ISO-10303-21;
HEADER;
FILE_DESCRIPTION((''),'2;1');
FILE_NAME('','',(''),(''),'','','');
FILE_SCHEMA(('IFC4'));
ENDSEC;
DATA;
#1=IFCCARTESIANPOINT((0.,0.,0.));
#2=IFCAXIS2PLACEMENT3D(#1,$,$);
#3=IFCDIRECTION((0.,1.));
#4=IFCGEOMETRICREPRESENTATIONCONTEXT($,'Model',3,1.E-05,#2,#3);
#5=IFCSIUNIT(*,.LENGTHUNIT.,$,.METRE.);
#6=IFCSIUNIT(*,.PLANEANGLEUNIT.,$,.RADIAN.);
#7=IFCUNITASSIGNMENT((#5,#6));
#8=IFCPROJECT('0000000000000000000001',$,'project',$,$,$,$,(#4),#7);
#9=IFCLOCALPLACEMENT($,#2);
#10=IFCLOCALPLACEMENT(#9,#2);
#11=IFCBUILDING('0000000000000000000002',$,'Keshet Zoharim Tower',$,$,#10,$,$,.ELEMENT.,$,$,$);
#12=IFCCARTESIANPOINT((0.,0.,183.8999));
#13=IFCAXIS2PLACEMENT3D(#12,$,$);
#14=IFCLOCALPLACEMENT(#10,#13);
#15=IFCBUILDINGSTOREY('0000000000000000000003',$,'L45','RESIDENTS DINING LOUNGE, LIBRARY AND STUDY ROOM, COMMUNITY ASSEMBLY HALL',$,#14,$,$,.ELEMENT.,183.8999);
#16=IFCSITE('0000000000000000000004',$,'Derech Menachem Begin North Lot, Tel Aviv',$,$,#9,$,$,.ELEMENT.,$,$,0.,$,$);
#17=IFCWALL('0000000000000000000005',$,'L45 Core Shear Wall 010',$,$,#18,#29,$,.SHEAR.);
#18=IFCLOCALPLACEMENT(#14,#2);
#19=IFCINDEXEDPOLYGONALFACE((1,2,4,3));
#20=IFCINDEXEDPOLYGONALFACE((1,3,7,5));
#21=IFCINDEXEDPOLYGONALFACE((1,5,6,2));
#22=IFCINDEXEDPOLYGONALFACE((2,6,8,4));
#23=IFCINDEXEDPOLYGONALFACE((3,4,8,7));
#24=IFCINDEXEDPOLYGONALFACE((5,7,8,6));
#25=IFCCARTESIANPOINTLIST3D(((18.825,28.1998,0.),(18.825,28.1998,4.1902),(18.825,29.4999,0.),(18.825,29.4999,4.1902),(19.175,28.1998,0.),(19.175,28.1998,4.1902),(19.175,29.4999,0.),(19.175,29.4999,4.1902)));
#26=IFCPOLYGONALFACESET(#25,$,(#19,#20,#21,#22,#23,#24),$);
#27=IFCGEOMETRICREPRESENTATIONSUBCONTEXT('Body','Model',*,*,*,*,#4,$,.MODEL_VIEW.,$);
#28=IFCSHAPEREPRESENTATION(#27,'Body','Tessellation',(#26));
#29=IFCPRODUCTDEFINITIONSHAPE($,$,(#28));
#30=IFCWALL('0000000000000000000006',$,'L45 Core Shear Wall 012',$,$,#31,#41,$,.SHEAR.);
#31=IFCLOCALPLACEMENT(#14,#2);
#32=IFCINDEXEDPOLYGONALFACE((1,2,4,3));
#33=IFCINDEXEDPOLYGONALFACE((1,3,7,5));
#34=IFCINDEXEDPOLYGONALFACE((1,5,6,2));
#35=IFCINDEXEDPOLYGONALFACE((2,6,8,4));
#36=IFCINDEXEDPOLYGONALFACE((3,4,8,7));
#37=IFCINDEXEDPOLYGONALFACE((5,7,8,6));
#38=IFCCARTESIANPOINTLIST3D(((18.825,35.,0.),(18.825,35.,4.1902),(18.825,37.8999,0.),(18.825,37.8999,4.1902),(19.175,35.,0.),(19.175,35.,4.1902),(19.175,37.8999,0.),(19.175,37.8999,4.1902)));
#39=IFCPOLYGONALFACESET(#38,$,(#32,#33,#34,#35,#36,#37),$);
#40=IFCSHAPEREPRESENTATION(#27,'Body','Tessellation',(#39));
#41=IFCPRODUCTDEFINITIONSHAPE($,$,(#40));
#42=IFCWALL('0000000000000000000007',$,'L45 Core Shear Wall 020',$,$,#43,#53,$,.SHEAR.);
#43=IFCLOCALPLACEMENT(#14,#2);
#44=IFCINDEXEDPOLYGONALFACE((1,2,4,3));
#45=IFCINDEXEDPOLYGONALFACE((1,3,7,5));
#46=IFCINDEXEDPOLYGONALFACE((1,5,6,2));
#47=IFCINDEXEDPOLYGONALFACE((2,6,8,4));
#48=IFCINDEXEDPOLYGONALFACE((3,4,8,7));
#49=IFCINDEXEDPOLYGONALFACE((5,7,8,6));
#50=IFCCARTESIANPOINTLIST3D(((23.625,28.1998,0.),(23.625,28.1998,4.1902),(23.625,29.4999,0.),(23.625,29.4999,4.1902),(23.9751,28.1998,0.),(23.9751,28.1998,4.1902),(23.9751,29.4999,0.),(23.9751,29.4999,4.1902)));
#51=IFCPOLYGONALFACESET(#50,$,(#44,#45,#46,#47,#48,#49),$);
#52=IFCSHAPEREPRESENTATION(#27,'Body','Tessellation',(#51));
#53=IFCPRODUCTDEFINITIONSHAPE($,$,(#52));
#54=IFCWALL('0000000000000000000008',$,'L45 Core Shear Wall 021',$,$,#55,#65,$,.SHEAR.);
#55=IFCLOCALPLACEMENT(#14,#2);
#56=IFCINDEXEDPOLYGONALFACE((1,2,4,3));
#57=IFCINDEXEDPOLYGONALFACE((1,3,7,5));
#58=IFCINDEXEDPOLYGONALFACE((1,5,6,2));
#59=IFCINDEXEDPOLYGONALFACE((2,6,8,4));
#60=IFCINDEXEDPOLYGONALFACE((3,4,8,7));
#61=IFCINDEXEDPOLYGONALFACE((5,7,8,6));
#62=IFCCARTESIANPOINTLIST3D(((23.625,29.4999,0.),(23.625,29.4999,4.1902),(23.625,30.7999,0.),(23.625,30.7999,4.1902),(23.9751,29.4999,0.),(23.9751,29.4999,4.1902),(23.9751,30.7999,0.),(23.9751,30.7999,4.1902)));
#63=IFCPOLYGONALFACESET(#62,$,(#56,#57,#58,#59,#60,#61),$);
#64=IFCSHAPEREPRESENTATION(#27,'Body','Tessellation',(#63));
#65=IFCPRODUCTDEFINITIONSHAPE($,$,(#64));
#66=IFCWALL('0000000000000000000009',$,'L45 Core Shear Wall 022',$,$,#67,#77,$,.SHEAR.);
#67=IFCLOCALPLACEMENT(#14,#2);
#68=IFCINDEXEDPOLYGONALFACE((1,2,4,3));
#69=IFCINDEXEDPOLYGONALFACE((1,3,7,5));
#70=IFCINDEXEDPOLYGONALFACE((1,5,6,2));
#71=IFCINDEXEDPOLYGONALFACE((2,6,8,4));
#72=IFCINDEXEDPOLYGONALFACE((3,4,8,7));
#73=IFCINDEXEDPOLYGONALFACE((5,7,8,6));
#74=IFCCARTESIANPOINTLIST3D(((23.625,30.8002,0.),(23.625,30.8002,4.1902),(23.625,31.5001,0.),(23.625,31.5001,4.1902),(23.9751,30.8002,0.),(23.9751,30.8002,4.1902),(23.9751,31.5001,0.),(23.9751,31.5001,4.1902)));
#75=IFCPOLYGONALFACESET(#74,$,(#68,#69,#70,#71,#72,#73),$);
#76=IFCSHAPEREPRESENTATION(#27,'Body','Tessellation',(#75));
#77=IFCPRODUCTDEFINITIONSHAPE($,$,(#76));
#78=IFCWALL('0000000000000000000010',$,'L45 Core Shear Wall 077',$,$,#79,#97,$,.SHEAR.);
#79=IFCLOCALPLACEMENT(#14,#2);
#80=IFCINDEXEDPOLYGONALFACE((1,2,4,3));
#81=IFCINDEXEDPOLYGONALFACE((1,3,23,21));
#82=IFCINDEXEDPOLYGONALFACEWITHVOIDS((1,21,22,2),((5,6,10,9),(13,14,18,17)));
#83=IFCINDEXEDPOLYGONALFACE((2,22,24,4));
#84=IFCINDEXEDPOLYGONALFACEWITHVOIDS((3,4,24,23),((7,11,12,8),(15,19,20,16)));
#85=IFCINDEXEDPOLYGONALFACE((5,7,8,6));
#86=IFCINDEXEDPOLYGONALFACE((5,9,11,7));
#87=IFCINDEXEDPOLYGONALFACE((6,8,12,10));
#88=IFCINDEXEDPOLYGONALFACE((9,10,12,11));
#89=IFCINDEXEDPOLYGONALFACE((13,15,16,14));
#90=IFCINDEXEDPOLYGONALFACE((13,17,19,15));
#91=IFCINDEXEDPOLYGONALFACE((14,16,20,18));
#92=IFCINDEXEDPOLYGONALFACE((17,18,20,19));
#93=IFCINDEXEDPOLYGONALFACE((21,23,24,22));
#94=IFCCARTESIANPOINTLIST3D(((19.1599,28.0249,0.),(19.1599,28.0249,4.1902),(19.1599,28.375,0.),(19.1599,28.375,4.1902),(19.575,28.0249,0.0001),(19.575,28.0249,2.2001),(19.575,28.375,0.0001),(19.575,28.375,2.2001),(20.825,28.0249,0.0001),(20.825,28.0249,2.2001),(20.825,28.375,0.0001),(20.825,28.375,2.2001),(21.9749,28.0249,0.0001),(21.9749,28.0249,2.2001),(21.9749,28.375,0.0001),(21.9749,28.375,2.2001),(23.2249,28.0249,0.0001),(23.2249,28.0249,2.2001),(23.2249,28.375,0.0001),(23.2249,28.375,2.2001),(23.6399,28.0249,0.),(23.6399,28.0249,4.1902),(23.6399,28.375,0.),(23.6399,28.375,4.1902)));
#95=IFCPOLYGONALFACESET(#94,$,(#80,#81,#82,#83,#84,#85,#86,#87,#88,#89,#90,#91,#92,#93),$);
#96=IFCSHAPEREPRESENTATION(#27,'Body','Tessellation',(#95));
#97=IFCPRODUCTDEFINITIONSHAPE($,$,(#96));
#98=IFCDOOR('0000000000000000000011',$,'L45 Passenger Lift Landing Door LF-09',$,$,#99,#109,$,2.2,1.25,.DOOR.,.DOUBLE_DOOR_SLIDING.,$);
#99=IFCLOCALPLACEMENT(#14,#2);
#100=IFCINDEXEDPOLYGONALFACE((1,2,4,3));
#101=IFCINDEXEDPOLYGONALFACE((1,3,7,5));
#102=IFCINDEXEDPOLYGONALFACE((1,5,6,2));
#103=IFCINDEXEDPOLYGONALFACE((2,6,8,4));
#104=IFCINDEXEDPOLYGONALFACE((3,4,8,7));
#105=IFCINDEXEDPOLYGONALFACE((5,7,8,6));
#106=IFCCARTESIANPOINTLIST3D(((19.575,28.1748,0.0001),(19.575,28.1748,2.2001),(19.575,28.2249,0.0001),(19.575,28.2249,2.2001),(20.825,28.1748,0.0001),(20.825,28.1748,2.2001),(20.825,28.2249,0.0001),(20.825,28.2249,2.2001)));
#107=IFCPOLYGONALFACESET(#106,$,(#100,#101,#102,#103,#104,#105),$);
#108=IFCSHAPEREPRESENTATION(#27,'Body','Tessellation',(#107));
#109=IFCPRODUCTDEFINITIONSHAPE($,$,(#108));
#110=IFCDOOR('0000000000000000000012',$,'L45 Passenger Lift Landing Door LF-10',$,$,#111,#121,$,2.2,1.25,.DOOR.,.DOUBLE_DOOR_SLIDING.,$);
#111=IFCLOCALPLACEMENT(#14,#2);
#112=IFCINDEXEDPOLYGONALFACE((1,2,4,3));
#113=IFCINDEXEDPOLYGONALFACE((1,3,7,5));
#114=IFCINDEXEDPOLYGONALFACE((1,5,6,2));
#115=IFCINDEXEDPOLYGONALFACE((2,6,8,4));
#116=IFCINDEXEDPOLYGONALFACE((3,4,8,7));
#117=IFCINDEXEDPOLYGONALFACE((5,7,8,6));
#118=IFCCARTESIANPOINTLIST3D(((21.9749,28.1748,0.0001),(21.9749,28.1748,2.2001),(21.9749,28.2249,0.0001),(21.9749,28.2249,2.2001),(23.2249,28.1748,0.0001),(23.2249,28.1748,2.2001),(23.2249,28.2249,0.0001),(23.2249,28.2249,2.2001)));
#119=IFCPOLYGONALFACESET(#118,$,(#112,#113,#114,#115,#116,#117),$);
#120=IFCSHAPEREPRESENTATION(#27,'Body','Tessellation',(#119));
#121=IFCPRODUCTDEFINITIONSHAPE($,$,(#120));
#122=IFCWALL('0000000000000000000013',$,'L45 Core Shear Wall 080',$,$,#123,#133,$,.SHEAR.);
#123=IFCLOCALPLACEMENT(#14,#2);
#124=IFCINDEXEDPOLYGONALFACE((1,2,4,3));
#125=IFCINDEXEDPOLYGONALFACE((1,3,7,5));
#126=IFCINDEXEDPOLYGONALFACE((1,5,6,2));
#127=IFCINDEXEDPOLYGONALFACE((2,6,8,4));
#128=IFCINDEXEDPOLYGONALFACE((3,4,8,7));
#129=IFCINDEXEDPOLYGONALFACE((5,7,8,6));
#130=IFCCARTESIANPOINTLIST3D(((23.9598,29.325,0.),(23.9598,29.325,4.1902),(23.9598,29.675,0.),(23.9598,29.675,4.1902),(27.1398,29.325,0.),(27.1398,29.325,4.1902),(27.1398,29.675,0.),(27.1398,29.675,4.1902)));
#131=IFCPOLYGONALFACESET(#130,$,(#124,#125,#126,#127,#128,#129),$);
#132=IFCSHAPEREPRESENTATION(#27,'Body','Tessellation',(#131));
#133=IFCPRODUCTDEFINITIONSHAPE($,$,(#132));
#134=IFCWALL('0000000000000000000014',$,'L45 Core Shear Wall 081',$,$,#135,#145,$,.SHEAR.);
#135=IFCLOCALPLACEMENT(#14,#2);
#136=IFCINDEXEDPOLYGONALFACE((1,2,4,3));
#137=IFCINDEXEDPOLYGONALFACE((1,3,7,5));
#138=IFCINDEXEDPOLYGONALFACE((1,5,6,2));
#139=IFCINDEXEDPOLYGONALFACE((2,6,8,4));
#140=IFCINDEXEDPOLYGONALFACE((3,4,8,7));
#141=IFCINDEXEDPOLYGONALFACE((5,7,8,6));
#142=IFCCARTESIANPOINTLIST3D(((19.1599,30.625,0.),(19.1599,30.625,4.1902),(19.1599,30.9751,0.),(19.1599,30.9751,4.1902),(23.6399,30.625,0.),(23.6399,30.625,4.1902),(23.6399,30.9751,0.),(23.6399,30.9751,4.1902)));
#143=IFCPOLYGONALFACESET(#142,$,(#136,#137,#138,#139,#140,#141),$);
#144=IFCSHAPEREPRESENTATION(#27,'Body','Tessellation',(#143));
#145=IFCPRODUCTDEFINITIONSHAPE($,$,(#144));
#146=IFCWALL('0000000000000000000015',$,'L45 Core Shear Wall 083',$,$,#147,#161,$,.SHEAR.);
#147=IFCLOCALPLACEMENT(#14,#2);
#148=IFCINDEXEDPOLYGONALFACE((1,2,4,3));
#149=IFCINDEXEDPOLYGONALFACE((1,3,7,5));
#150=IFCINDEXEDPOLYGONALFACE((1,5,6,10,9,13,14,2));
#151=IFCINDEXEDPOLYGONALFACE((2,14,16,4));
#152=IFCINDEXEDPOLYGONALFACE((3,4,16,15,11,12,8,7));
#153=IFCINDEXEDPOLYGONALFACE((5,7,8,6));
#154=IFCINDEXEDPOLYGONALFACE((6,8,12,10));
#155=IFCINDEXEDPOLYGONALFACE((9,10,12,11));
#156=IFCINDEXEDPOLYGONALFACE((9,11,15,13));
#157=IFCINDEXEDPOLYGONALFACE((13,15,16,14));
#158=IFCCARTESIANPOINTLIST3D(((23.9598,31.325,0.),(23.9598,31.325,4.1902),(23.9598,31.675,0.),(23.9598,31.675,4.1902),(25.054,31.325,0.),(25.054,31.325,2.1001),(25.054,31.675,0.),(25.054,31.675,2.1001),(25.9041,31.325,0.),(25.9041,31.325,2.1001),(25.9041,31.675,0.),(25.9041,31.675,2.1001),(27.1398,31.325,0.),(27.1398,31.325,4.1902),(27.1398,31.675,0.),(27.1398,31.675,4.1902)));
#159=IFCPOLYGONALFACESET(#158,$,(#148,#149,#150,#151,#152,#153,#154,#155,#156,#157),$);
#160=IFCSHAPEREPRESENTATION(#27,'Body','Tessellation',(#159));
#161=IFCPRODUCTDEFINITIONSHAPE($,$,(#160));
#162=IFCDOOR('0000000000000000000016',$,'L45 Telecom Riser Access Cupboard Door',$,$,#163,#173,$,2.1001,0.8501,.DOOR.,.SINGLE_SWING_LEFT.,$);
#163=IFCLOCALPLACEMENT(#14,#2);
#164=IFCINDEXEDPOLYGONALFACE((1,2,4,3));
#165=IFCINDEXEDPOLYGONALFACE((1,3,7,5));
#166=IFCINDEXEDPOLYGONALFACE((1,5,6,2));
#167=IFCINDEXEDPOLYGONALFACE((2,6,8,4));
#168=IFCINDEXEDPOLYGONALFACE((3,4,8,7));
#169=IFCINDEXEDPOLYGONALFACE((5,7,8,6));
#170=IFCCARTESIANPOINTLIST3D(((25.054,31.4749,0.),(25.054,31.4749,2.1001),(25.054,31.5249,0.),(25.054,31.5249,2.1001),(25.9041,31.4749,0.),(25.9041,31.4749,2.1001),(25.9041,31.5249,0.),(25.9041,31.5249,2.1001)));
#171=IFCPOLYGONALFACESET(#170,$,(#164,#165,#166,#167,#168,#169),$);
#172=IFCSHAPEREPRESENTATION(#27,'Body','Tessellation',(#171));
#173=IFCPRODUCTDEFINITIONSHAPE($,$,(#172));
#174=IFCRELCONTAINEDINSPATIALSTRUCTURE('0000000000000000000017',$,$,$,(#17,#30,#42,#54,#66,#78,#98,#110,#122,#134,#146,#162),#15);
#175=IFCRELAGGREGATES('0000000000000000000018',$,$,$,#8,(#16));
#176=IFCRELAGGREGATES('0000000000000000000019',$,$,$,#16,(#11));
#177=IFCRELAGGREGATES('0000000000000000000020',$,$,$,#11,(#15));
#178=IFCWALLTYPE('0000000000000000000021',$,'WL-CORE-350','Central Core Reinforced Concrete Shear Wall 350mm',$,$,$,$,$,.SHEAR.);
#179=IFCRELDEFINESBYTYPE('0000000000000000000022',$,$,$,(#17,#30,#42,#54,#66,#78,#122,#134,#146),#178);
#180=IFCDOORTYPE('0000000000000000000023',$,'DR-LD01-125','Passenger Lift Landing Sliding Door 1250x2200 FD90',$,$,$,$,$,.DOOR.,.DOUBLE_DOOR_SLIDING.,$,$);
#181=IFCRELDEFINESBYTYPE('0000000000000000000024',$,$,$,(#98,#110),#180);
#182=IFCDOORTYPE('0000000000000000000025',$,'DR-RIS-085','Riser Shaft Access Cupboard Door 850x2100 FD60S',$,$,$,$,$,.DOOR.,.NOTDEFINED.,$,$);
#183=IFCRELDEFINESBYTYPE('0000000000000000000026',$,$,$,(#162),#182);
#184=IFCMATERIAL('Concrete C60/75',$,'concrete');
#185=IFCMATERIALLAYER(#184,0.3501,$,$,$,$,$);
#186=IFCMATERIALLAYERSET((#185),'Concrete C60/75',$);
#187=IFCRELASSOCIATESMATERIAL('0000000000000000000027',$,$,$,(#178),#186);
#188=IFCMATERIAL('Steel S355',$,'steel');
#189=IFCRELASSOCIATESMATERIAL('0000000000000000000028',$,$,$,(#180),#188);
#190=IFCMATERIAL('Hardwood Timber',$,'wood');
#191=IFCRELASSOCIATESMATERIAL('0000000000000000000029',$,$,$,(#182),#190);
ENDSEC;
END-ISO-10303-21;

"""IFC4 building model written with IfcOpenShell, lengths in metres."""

from ifc_helpers import new_model, si_unit, direction, frame, frame_2d, origin, place, context, subcontext, project, spatial, rectangle, extrude, material, layer, layer_set, type_object, element, fill, save


model = new_model("IFC4")

# Units and contexts
model_context = context("Model", 3, precision=1e-05, world=origin(), true_north=direction((0.0, 1.0)))
body_context = subcontext(model_context, "Body", "Model", "MODEL_VIEW")
ifc_project = project(units=[si_unit("LENGTHUNIT", "METRE"), si_unit("PLANEANGLEUNIT", "RADIAN")], contexts=[model_context])

# Site, building, storey
site_placement = place(None, origin())
site = spatial("IfcSite", under=ifc_project, at=site_placement, Name="Derech Menachem Begin North Lot, Tel Aviv", CompositionType="ELEMENT", RefElevation=0.0)
building_placement = place(site_placement, origin())
building = spatial("IfcBuilding", under=site, at=building_placement, Name="Keshet Zoharim Tower", CompositionType="ELEMENT")
storey_placement = place(building_placement, frame((0.0, 0.0, 183.8999)))
storey = spatial("IfcBuildingStorey", under=building, at=storey_placement, Name="L45", Description="RESIDENTS DINING LOUNGE, LIBRARY AND STUDY ROOM, COMMUNITY ASSEMBLY HALL", CompositionType="ELEMENT", Elevation=183.8999)

# Wall
ifc_material_1 = material(Name="Concrete C60/75", Category="concrete")
ifc_layer_1 = layer(ifc_material_1, 0.3501)
ifc_layer_set_1 = layer_set([ifc_layer_1], Name="Concrete C60/75")
wall_type_1 = type_object("IfcWallType", Name="WL-CORE-350", Description="Central Core Reinforced Concrete Shear Wall 350mm", PredefinedType="SHEAR", material=ifc_layer_set_1)
wall_1_placement = place(storey_placement, frame((19.0, 28.2, 0.0), z_axis=(0.0, 0.0, 1.0), x_axis=(0.0, 1.0, 0.0)))
element("IfcWall", 1, at=wall_1_placement, inside=storey, type_object=wall_type_1, Name="L45 Core Shear Wall 010", PredefinedType="SHEAR", context=body_context, shape_type="SweptSolid", body=[
    extrude(rectangle(XDim=1.3, YDim=0.3501, at=frame_2d((0.6499, 0.0))), origin(), (0.0, 0.0, 1.0), 4.1902),
])

# Shared definitions
ifc_material_2 = material(Name="Hardwood Timber", Category="wood")

# Walls
wall_2_placement = place(storey_placement, frame((19.0, 35.0, 0.0), z_axis=(0.0, 0.0, 1.0), x_axis=(0.0, 1.0, 0.0)))
element("IfcWall", 2, at=wall_2_placement, inside=storey, type_object=wall_type_1, Name="L45 Core Shear Wall 012", PredefinedType="SHEAR", context=body_context, shape_type="SweptSolid", body=[
    extrude(rectangle(XDim=2.8999, YDim=0.3501, at=frame_2d((1.45, 0.0))), origin(), (0.0, 0.0, 1.0), 4.1902),
])
for number, where, z_axis, x_axis, name in (
    (3, (23.8, 28.2, 0.0), (0.0, 0.0, 1.0), (0.0, 1.0, 0.0), "L45 Core Shear Wall 020"),
    (4, (23.8, 29.5, 0.0), (0.0, 0.0, 1.0), (0.0, 1.0, 0.0), "L45 Core Shear Wall 021"),
):
    element("IfcWall", number, at=place(storey_placement, frame(where, z_axis=z_axis, x_axis=x_axis)), inside=storey, type_object=wall_type_1, Name=name, PredefinedType="SHEAR", context=body_context, shape_type="SweptSolid", body=[
        extrude(rectangle(XDim=1.3, YDim=0.3501, at=frame_2d((0.6499, 0.0))), origin(), (0.0, 0.0, 1.0), 4.1902),
    ])
wall_3_placement = place(storey_placement, frame((23.8, 30.8, 0.0), z_axis=(0.0, 0.0, 1.0), x_axis=(0.0, 1.0, 0.0)))
element("IfcWall", 5, at=wall_3_placement, inside=storey, type_object=wall_type_1, Name="L45 Core Shear Wall 022", PredefinedType="SHEAR", context=body_context, shape_type="SweptSolid", body=[
    extrude(rectangle(XDim=0.7, YDim=0.3501, at=frame_2d((0.3501, 0.0))), origin(), (0.0, 0.0, 1.0), 4.1902),
])

# Wall, openings, doors
wall_4_placement = place(storey_placement, frame((19.1599, 28.2, 0.0), z_axis=(0.0, 0.0, 1.0), x_axis=(1.0, 0.0, 0.0)))
wall_4 = element("IfcWall", 6, at=wall_4_placement, inside=storey, type_object=wall_type_1, Name="L45 Core Shear Wall 077", PredefinedType="SHEAR", context=body_context, shape_type="SweptSolid", body=[
    extrude(rectangle(XDim=4.48, YDim=0.3501, at=frame_2d((2.24, 0.0))), origin(), (0.0, 0.0, 1.0), 4.1902),
])
opening_1_placement = place(wall_4_placement, frame((0.415, 0.0, 0.0)))
opening_1 = element("IfcOpeningElement", 7, at=opening_1_placement, cuts=wall_4, PredefinedType="OPENING", context=body_context, shape_type="SweptSolid", body=[
    extrude(rectangle(XDim=1.25, YDim=2.2, at=frame_2d((0.625, 1.1001))), frame((0.0, 0.1851, 0.0), z_axis=(0.0, -1.0, 0.0), x_axis=(1.0, 0.0, 0.0)), (0.0, 0.0, 1.0), 0.3701),
])
opening_2_placement = place(wall_4_placement, frame((2.8149, 0.0, 0.0)))
opening_2 = element("IfcOpeningElement", 8, at=opening_2_placement, cuts=wall_4, PredefinedType="OPENING", context=body_context, shape_type="SweptSolid", body=[
    extrude(rectangle(XDim=1.25, YDim=2.2, at=frame_2d((0.625, 1.1001))), frame((0.0, 0.1851, 0.0), z_axis=(0.0, -1.0, 0.0), x_axis=(1.0, 0.0, 0.0)), (0.0, 0.0, 1.0), 0.3701),
])
ifc_material_3 = material(Name="Steel S355", Category="steel")
door_type_1 = type_object("IfcDoorType", Name="DR-LD01-125", Description="Passenger Lift Landing Sliding Door 1250x2200 FD90", OperationType="DOUBLE_DOOR_SLIDING", PredefinedType="DOOR", material=ifc_material_3)
door_1_placement = place(opening_1_placement, origin())
door_1 = element("IfcDoor", 9, at=door_1_placement, inside=storey, type_object=door_type_1, Name="L45 Passenger Lift Landing Door LF-09", OperationType="DOUBLE_DOOR_SLIDING", OverallHeight=2.2, OverallWidth=1.25, PredefinedType="DOOR", context=body_context, shape_type="SweptSolid", body=[
    extrude(rectangle(XDim=1.25, YDim=2.2, at=frame_2d((0.625, 1.1001))), frame((0.0, 0.0249, 0.0), z_axis=(0.0, -1.0, 0.0), x_axis=(1.0, 0.0, 0.0)), (0.0, 0.0, 1.0), 0.05),
])
fill(opening_1, door_1)
door_2_placement = place(opening_2_placement, origin())
door_2 = element("IfcDoor", 10, at=door_2_placement, inside=storey, type_object=door_type_1, Name="L45 Passenger Lift Landing Door LF-10", OperationType="DOUBLE_DOOR_SLIDING", OverallHeight=2.2, OverallWidth=1.25, PredefinedType="DOOR", context=body_context, shape_type="SweptSolid", body=[
    extrude(rectangle(XDim=1.25, YDim=2.2, at=frame_2d((0.625, 1.1001))), frame((0.0, 0.0249, 0.0), z_axis=(0.0, -1.0, 0.0), x_axis=(1.0, 0.0, 0.0)), (0.0, 0.0, 1.0), 0.05),
])
fill(opening_2, door_2)

# Walls
wall_5_placement = place(storey_placement, frame((23.96, 29.5, 0.0), z_axis=(0.0, 0.0, 1.0), x_axis=(1.0, 0.0, 0.0)))
element("IfcWall", 11, at=wall_5_placement, inside=storey, type_object=wall_type_1, Name="L45 Core Shear Wall 080", PredefinedType="SHEAR", context=body_context, shape_type="SweptSolid", body=[
    extrude(rectangle(XDim=3.1799, YDim=0.3501, at=frame_2d((1.5898, 0.0))), origin(), (0.0, 0.0, 1.0), 4.1902),
])
wall_6_placement = place(storey_placement, frame((19.1599, 30.8, 0.0), z_axis=(0.0, 0.0, 1.0), x_axis=(1.0, 0.0, 0.0)))
element("IfcWall", 12, at=wall_6_placement, inside=storey, type_object=wall_type_1, Name="L45 Core Shear Wall 081", PredefinedType="SHEAR", context=body_context, shape_type="SweptSolid", body=[
    extrude(rectangle(XDim=4.48, YDim=0.3501, at=frame_2d((2.24, 0.0))), origin(), (0.0, 0.0, 1.0), 4.1902),
])

# Wall, opening, door
wall_7_placement = place(storey_placement, frame((23.96, 31.5, 0.0), z_axis=(0.0, 0.0, 1.0), x_axis=(1.0, 0.0, 0.0)))
wall_7 = element("IfcWall", 13, at=wall_7_placement, inside=storey, type_object=wall_type_1, Name="L45 Core Shear Wall 083", PredefinedType="SHEAR", context=body_context, shape_type="SweptSolid", body=[
    extrude(rectangle(XDim=3.1799, YDim=0.3501, at=frame_2d((1.5898, 0.0))), origin(), (0.0, 0.0, 1.0), 4.1902),
])
opening_3_placement = place(wall_7_placement, frame((1.094, 0.0, 0.0)))
opening_3 = element("IfcOpeningElement", 14, at=opening_3_placement, cuts=wall_7, PredefinedType="OPENING", context=body_context, shape_type="SweptSolid", body=[
    extrude(rectangle(XDim=0.8501, YDim=2.1001, at=frame_2d((0.425, 1.05))), frame((0.0, 0.1851, 0.0), z_axis=(0.0, -1.0, 0.0), x_axis=(1.0, 0.0, 0.0)), (0.0, 0.0, 1.0), 0.3701),
])
door_type_2 = type_object("IfcDoorType", Name="DR-RIS-085", Description="Riser Shaft Access Cupboard Door 850x2100 FD60S", OperationType="NOTDEFINED", PredefinedType="DOOR", material=ifc_material_2)
door_3_placement = place(opening_3_placement, origin())
door_3 = element("IfcDoor", 15, at=door_3_placement, inside=storey, type_object=door_type_2, Name="L45 Telecom Riser Access Cupboard Door", OperationType="SINGLE_SWING_LEFT", OverallHeight=2.1001, OverallWidth=0.8501, PredefinedType="DOOR", context=body_context, shape_type="SweptSolid", body=[
    extrude(rectangle(XDim=0.8501, YDim=2.1001, at=frame_2d((0.425, 1.05))), frame((0.0, 0.0249, 0.0), z_axis=(0.0, -1.0, 0.0), x_axis=(1.0, 0.0, 0.0)), (0.0, 0.0, 1.0), 0.05),
])
fill(opening_3, door_3)

save(model, "model.ifc")
